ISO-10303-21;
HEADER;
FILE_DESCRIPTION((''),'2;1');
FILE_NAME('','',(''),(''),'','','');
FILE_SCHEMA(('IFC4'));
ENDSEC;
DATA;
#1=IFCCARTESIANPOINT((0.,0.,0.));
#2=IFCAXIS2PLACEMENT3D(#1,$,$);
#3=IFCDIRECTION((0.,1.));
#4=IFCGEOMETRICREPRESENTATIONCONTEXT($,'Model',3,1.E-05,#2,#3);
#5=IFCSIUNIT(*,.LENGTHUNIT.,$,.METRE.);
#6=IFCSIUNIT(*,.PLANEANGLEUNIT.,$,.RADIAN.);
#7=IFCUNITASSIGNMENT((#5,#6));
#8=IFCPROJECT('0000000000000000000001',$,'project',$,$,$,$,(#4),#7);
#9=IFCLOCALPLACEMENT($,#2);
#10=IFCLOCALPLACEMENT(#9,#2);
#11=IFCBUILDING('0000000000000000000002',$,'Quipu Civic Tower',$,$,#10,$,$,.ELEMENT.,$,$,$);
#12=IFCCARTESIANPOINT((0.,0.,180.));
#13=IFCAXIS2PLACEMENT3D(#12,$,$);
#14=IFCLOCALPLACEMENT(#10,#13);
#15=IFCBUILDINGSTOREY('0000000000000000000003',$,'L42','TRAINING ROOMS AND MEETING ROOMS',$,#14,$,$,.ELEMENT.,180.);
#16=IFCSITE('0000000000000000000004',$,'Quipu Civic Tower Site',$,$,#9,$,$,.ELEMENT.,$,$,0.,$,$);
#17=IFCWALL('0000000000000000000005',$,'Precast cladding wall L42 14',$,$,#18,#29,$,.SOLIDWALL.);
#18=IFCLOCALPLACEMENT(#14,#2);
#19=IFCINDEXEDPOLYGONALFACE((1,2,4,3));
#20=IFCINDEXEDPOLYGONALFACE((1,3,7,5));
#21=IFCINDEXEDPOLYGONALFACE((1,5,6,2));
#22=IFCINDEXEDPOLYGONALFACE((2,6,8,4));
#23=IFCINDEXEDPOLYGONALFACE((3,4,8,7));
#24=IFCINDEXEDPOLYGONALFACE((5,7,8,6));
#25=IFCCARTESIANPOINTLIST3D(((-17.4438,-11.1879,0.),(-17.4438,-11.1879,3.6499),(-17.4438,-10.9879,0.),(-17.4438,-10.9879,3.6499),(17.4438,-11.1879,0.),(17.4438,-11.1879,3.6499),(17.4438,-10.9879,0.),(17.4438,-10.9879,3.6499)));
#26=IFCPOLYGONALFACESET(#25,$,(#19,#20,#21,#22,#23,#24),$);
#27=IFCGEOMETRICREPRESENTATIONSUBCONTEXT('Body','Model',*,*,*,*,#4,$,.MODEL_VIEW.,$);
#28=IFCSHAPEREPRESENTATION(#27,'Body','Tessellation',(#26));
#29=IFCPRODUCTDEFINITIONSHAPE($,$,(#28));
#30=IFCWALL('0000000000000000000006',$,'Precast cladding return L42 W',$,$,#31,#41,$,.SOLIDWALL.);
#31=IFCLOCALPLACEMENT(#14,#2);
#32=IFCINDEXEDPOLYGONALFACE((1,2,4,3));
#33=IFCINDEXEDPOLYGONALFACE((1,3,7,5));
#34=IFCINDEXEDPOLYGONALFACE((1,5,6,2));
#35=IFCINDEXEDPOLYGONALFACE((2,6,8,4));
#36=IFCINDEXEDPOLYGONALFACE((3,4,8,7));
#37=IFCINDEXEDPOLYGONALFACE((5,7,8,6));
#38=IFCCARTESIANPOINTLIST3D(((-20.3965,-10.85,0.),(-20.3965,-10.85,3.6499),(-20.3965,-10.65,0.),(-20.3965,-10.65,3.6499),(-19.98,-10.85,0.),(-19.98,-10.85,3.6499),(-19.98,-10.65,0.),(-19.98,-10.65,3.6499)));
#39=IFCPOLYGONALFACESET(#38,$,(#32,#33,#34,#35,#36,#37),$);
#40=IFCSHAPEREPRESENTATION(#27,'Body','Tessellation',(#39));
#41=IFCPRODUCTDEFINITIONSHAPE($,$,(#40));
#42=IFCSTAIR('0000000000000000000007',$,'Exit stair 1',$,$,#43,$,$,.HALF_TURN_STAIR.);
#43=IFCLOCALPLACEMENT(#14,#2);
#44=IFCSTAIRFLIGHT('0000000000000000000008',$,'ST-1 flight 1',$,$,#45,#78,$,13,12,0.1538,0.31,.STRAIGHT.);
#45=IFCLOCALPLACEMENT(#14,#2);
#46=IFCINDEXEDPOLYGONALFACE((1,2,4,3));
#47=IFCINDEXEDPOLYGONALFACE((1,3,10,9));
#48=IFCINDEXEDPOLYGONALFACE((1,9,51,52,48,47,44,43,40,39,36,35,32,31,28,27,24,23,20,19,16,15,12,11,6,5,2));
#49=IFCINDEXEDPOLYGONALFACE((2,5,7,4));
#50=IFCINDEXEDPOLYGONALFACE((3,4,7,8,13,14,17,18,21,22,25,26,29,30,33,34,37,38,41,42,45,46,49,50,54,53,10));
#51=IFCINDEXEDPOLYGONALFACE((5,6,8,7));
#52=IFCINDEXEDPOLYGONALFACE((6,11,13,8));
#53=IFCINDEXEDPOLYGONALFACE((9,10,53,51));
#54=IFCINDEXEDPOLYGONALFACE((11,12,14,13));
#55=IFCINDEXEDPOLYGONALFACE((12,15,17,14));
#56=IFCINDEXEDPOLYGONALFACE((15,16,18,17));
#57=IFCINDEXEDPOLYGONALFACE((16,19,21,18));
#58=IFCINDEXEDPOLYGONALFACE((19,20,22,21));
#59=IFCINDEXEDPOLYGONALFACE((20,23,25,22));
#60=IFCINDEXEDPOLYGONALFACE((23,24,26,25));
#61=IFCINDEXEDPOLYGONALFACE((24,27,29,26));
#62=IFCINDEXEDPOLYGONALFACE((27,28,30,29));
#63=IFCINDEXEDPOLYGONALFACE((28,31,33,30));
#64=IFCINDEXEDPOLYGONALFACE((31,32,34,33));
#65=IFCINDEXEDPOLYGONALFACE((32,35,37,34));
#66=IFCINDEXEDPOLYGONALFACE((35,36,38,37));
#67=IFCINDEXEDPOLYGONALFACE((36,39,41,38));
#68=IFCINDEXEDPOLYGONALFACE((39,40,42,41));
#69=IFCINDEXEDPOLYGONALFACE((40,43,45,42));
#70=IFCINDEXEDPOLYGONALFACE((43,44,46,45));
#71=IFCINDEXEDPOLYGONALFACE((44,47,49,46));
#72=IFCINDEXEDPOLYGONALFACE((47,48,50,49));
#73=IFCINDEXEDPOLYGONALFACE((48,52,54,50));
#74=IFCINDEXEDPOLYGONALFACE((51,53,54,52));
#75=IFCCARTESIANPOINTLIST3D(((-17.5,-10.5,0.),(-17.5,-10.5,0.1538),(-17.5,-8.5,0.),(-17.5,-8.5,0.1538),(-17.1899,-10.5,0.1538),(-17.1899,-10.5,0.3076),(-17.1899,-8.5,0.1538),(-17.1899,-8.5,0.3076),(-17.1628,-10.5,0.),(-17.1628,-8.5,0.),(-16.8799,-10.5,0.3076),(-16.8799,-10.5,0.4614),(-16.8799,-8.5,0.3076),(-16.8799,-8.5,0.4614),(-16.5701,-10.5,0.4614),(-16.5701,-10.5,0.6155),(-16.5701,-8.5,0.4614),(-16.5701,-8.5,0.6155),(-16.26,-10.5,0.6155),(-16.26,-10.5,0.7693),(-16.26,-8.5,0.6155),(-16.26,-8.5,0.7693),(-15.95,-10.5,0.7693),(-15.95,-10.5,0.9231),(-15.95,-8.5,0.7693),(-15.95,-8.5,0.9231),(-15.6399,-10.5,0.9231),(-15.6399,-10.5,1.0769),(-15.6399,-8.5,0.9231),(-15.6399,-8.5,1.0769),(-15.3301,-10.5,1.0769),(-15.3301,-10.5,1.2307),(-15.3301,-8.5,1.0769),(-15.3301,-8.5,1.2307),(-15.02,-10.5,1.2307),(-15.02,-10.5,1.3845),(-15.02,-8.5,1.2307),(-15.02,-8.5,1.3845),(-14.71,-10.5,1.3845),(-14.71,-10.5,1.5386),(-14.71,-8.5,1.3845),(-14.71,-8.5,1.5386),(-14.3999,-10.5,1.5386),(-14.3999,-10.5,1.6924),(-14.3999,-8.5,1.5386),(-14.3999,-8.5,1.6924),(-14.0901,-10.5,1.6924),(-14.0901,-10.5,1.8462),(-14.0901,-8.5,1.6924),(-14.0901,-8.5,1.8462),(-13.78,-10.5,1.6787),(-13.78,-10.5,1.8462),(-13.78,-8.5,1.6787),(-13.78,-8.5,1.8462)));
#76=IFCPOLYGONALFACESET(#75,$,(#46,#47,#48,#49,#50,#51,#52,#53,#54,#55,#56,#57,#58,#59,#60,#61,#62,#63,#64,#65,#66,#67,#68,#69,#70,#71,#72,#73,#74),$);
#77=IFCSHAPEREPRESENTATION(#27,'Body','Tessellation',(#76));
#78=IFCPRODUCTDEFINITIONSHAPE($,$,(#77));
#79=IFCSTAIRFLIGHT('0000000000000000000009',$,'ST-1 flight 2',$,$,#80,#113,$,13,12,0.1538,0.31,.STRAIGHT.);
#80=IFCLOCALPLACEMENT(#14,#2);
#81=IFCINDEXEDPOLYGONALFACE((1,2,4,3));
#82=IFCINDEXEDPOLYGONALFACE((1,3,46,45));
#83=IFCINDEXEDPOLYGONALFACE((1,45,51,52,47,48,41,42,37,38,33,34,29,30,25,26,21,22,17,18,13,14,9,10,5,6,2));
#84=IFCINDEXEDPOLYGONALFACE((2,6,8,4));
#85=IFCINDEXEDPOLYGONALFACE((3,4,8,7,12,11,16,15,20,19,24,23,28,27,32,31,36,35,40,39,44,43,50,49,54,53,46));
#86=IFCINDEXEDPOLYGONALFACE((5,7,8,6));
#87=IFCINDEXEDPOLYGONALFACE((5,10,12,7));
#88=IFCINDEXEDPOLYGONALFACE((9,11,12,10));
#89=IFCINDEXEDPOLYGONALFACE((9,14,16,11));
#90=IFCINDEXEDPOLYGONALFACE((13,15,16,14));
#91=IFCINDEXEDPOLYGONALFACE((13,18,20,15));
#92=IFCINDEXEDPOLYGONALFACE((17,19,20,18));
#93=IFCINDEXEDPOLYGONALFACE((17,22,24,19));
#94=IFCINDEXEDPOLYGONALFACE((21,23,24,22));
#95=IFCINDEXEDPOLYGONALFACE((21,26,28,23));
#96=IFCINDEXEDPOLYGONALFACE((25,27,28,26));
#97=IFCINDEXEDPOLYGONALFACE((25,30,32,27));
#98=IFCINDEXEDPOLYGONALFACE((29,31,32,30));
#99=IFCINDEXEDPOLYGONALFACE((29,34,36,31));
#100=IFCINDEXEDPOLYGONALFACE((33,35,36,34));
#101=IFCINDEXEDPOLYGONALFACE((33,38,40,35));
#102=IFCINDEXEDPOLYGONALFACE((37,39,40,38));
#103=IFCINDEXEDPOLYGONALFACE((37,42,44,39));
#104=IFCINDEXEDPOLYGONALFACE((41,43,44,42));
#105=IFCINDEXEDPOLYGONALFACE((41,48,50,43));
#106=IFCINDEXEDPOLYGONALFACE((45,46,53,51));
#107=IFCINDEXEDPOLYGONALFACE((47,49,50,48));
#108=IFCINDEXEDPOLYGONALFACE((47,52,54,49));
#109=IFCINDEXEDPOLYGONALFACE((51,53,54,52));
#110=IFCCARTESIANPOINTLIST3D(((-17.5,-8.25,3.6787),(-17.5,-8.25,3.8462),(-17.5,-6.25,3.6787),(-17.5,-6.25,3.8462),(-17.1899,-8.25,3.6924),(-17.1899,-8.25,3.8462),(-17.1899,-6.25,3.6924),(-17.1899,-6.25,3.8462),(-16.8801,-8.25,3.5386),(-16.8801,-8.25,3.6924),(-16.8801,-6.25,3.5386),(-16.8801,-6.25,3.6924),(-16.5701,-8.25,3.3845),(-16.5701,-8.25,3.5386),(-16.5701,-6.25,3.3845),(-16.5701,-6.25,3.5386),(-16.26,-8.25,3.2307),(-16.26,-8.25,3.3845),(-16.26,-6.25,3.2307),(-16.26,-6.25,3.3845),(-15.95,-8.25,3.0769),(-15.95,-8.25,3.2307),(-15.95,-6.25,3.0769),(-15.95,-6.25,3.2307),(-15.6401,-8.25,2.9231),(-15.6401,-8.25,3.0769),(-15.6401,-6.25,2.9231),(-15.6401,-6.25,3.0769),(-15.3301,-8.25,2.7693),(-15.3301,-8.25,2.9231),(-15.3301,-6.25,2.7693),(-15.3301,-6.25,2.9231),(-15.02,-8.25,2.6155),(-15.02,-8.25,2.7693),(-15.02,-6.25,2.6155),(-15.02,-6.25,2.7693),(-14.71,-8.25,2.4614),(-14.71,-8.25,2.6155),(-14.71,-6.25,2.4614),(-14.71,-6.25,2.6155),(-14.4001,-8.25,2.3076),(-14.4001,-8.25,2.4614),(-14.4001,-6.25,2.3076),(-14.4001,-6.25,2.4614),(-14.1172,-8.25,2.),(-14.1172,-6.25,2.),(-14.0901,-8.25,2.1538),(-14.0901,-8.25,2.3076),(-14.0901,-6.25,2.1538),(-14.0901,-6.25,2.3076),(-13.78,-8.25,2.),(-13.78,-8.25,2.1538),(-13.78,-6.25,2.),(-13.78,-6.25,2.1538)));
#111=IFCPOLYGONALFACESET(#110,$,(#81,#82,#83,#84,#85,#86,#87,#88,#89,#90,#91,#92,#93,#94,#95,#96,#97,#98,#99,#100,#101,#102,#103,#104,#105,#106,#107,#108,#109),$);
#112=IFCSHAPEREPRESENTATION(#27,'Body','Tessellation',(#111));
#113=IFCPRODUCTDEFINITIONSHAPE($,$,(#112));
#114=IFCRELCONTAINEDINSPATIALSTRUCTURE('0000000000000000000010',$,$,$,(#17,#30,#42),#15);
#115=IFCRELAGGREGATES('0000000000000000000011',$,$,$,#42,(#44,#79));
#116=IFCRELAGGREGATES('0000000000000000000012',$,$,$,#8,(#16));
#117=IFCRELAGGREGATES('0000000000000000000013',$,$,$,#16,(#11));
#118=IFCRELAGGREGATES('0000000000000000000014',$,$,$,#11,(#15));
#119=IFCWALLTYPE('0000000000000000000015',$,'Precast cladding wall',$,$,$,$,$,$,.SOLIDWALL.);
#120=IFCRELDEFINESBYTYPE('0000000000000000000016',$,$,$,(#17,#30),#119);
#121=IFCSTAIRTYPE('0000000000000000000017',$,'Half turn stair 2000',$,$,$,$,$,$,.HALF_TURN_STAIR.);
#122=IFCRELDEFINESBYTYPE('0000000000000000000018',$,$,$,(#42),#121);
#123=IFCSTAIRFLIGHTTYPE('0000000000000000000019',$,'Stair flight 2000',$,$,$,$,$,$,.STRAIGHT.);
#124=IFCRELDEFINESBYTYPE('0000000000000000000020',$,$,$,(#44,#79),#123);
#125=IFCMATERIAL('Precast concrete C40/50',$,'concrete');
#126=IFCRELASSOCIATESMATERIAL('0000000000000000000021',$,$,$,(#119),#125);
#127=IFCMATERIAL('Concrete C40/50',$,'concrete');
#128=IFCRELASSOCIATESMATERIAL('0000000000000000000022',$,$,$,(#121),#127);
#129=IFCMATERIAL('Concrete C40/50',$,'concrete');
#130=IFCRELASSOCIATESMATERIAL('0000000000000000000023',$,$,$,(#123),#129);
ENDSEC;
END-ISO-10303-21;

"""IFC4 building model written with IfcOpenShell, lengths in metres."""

from ifc_helpers import new_model, si_unit, direction, frame, frame_2d, origin, place, context, subcontext, project, spatial, polyline, rectangle, outline, extrude, material, type_object, element, aggregate, save


model = new_model("IFC4")

# Units and contexts
model_context = context("Model", 3, precision=1e-05, world=origin(), true_north=direction((0.0, 1.0)))
body_context = subcontext(model_context, "Body", "Model", "MODEL_VIEW")
ifc_project = project(units=[si_unit("LENGTHUNIT", "METRE"), si_unit("PLANEANGLEUNIT", "RADIAN")], contexts=[model_context])

# Site, building, storey
site_placement = place(None, origin())
site = spatial("IfcSite", under=ifc_project, at=site_placement, Name="Quipu Civic Tower Site", CompositionType="ELEMENT", RefElevation=0.0)
building_placement = place(site_placement, origin())
building = spatial("IfcBuilding", under=site, at=building_placement, Name="Quipu Civic Tower", CompositionType="ELEMENT")
storey_placement = place(building_placement, frame((0.0, 0.0, 180.0)))
storey = spatial("IfcBuildingStorey", under=building, at=storey_placement, Name="L42", Description="TRAINING ROOMS AND MEETING ROOMS", CompositionType="ELEMENT", Elevation=180.0)

# Walls
ifc_material_1 = material(Name="Precast concrete C40/50", Category="concrete")
wall_type_1 = type_object("IfcWallType", Name="Precast cladding wall", PredefinedType="SOLIDWALL", material=ifc_material_1)
wall_1_placement = place(storey_placement, frame((-17.4438, -11.0879, 0.0), z_axis=(0.0, 0.0, 1.0), x_axis=(1.0, 0.0, 0.0)))
element("IfcWall", 1, at=wall_1_placement, inside=storey, type_object=wall_type_1, Name="Precast cladding wall L42 14", PredefinedType="SOLIDWALL", context=body_context, shape_type="SweptSolid", body=[
    extrude(rectangle(XDim=34.8877, YDim=0.2, at=frame_2d((17.4438, 0.0))), origin(), (0.0, 0.0, 1.0), 3.6499),
])
wall_2_placement = place(storey_placement, frame((-19.98, -10.75, 0.0), z_axis=(0.0, 0.0, 1.0), x_axis=(-1.0, 0.0, 0.0)))
element("IfcWall", 2, at=wall_2_placement, inside=storey, type_object=wall_type_1, Name="Precast cladding return L42 W", PredefinedType="SOLIDWALL", context=body_context, shape_type="SweptSolid", body=[
    extrude(rectangle(XDim=0.4165, YDim=0.2, at=frame_2d((0.2083, 0.0))), origin(), (0.0, 0.0, 1.0), 3.6499),
])

# Stair, stair flights
ifc_material_2 = material(Name="Concrete C40/50", Category="concrete")
stair_type = type_object("IfcStairType", Name="Half turn stair 2000", PredefinedType="HALF_TURN_STAIR", material=ifc_material_2)
stair_placement = place(storey_placement, origin())
stair = element("IfcStair", 3, at=stair_placement, inside=storey, type_object=stair_type, Name="Exit stair 1", PredefinedType="HALF_TURN_STAIR")
ifc_material_3 = material(Name="Concrete C40/50", Category="concrete")
stair_flight_type = type_object("IfcStairFlightType", Name="Stair flight 2000", PredefinedType="STRAIGHT", material=ifc_material_3)
stair_flight_1_placement = place(storey_placement, frame((-17.5, -9.5, 0.0), z_axis=(0.0, 0.0, 1.0), x_axis=(1.0, 0.0, 0.0)))
stair_flight_1 = element("IfcStairFlight", 4, at=stair_flight_1_placement, type_object=stair_flight_type, Name="ST-1 flight 1", NumberOfRisers=13, NumberOfTreads=12, PredefinedType="STRAIGHT", RiserHeight=0.1538, TreadLength=0.31, context=body_context, shape_type="SweptSolid", body=[
    extrude(outline(polyline([(0.0, 0.0), (0.0, 0.1538), (0.3101, 0.1538), (0.3101, 0.3076), (0.6201, 0.3076), (0.6201, 0.4614), (0.9299, 0.4614), (0.9299, 0.6155), (1.24, 0.6155), (1.24, 0.7693), (1.55, 0.7693), (1.55, 0.9231), (1.8601, 0.9231), (1.8601, 1.0769), (2.1699, 1.0769), (2.1699, 1.2307), (2.48, 1.2307), (2.48, 1.3845), (2.79, 1.3845), (2.79, 1.5386), (3.1001, 1.5386), (3.1001, 1.6924), (3.4099, 1.6924), (3.4099, 1.8462), (3.72, 1.8462), (3.72, 2.0), (3.72, 1.6787), (0.3372, 0.0), (0.0, 0.0)])), frame((0.0, 1.0, 0.0), z_axis=(0.0, -1.0, 0.0), x_axis=(1.0, 0.0, 0.0)), (0.0, 0.0, 1.0), 2.0),
])
stair_flight_2_placement = place(storey_placement, frame((-13.78, -7.25, 2.0), z_axis=(0.0, 0.0, 1.0), x_axis=(-1.0, 0.0, 0.0)))
stair_flight_2 = element("IfcStairFlight", 5, at=stair_flight_2_placement, type_object=stair_flight_type, Name="ST-1 flight 2", NumberOfRisers=13, NumberOfTreads=12, PredefinedType="STRAIGHT", RiserHeight=0.1538, TreadLength=0.31, context=body_context, shape_type="SweptSolid", body=[
    extrude(outline(polyline([(0.0, 0.0), (0.0, 0.1538), (0.3101, 0.1538), (0.3101, 0.3076), (0.6201, 0.3076), (0.6201, 0.4614), (0.9299, 0.4614), (0.9299, 0.6155), (1.24, 0.6155), (1.24, 0.7693), (1.55, 0.7693), (1.55, 0.9231), (1.8601, 0.9231), (1.8601, 1.0769), (2.1699, 1.0769), (2.1699, 1.2307), (2.48, 1.2307), (2.48, 1.3845), (2.79, 1.3845), (2.79, 1.5386), (3.1001, 1.5386), (3.1001, 1.6924), (3.4099, 1.6924), (3.4099, 1.8462), (3.72, 1.8462), (3.72, 2.0), (3.72, 1.6787), (0.3372, 0.0), (0.0, 0.0)])), frame((0.0, 1.0, 0.0), z_axis=(0.0, -1.0, 0.0), x_axis=(1.0, 0.0, 0.0)), (0.0, 0.0, 1.0), 2.0),
])
aggregate(stair, [stair_flight_1, stair_flight_2])

save(model, "model.ifc")
